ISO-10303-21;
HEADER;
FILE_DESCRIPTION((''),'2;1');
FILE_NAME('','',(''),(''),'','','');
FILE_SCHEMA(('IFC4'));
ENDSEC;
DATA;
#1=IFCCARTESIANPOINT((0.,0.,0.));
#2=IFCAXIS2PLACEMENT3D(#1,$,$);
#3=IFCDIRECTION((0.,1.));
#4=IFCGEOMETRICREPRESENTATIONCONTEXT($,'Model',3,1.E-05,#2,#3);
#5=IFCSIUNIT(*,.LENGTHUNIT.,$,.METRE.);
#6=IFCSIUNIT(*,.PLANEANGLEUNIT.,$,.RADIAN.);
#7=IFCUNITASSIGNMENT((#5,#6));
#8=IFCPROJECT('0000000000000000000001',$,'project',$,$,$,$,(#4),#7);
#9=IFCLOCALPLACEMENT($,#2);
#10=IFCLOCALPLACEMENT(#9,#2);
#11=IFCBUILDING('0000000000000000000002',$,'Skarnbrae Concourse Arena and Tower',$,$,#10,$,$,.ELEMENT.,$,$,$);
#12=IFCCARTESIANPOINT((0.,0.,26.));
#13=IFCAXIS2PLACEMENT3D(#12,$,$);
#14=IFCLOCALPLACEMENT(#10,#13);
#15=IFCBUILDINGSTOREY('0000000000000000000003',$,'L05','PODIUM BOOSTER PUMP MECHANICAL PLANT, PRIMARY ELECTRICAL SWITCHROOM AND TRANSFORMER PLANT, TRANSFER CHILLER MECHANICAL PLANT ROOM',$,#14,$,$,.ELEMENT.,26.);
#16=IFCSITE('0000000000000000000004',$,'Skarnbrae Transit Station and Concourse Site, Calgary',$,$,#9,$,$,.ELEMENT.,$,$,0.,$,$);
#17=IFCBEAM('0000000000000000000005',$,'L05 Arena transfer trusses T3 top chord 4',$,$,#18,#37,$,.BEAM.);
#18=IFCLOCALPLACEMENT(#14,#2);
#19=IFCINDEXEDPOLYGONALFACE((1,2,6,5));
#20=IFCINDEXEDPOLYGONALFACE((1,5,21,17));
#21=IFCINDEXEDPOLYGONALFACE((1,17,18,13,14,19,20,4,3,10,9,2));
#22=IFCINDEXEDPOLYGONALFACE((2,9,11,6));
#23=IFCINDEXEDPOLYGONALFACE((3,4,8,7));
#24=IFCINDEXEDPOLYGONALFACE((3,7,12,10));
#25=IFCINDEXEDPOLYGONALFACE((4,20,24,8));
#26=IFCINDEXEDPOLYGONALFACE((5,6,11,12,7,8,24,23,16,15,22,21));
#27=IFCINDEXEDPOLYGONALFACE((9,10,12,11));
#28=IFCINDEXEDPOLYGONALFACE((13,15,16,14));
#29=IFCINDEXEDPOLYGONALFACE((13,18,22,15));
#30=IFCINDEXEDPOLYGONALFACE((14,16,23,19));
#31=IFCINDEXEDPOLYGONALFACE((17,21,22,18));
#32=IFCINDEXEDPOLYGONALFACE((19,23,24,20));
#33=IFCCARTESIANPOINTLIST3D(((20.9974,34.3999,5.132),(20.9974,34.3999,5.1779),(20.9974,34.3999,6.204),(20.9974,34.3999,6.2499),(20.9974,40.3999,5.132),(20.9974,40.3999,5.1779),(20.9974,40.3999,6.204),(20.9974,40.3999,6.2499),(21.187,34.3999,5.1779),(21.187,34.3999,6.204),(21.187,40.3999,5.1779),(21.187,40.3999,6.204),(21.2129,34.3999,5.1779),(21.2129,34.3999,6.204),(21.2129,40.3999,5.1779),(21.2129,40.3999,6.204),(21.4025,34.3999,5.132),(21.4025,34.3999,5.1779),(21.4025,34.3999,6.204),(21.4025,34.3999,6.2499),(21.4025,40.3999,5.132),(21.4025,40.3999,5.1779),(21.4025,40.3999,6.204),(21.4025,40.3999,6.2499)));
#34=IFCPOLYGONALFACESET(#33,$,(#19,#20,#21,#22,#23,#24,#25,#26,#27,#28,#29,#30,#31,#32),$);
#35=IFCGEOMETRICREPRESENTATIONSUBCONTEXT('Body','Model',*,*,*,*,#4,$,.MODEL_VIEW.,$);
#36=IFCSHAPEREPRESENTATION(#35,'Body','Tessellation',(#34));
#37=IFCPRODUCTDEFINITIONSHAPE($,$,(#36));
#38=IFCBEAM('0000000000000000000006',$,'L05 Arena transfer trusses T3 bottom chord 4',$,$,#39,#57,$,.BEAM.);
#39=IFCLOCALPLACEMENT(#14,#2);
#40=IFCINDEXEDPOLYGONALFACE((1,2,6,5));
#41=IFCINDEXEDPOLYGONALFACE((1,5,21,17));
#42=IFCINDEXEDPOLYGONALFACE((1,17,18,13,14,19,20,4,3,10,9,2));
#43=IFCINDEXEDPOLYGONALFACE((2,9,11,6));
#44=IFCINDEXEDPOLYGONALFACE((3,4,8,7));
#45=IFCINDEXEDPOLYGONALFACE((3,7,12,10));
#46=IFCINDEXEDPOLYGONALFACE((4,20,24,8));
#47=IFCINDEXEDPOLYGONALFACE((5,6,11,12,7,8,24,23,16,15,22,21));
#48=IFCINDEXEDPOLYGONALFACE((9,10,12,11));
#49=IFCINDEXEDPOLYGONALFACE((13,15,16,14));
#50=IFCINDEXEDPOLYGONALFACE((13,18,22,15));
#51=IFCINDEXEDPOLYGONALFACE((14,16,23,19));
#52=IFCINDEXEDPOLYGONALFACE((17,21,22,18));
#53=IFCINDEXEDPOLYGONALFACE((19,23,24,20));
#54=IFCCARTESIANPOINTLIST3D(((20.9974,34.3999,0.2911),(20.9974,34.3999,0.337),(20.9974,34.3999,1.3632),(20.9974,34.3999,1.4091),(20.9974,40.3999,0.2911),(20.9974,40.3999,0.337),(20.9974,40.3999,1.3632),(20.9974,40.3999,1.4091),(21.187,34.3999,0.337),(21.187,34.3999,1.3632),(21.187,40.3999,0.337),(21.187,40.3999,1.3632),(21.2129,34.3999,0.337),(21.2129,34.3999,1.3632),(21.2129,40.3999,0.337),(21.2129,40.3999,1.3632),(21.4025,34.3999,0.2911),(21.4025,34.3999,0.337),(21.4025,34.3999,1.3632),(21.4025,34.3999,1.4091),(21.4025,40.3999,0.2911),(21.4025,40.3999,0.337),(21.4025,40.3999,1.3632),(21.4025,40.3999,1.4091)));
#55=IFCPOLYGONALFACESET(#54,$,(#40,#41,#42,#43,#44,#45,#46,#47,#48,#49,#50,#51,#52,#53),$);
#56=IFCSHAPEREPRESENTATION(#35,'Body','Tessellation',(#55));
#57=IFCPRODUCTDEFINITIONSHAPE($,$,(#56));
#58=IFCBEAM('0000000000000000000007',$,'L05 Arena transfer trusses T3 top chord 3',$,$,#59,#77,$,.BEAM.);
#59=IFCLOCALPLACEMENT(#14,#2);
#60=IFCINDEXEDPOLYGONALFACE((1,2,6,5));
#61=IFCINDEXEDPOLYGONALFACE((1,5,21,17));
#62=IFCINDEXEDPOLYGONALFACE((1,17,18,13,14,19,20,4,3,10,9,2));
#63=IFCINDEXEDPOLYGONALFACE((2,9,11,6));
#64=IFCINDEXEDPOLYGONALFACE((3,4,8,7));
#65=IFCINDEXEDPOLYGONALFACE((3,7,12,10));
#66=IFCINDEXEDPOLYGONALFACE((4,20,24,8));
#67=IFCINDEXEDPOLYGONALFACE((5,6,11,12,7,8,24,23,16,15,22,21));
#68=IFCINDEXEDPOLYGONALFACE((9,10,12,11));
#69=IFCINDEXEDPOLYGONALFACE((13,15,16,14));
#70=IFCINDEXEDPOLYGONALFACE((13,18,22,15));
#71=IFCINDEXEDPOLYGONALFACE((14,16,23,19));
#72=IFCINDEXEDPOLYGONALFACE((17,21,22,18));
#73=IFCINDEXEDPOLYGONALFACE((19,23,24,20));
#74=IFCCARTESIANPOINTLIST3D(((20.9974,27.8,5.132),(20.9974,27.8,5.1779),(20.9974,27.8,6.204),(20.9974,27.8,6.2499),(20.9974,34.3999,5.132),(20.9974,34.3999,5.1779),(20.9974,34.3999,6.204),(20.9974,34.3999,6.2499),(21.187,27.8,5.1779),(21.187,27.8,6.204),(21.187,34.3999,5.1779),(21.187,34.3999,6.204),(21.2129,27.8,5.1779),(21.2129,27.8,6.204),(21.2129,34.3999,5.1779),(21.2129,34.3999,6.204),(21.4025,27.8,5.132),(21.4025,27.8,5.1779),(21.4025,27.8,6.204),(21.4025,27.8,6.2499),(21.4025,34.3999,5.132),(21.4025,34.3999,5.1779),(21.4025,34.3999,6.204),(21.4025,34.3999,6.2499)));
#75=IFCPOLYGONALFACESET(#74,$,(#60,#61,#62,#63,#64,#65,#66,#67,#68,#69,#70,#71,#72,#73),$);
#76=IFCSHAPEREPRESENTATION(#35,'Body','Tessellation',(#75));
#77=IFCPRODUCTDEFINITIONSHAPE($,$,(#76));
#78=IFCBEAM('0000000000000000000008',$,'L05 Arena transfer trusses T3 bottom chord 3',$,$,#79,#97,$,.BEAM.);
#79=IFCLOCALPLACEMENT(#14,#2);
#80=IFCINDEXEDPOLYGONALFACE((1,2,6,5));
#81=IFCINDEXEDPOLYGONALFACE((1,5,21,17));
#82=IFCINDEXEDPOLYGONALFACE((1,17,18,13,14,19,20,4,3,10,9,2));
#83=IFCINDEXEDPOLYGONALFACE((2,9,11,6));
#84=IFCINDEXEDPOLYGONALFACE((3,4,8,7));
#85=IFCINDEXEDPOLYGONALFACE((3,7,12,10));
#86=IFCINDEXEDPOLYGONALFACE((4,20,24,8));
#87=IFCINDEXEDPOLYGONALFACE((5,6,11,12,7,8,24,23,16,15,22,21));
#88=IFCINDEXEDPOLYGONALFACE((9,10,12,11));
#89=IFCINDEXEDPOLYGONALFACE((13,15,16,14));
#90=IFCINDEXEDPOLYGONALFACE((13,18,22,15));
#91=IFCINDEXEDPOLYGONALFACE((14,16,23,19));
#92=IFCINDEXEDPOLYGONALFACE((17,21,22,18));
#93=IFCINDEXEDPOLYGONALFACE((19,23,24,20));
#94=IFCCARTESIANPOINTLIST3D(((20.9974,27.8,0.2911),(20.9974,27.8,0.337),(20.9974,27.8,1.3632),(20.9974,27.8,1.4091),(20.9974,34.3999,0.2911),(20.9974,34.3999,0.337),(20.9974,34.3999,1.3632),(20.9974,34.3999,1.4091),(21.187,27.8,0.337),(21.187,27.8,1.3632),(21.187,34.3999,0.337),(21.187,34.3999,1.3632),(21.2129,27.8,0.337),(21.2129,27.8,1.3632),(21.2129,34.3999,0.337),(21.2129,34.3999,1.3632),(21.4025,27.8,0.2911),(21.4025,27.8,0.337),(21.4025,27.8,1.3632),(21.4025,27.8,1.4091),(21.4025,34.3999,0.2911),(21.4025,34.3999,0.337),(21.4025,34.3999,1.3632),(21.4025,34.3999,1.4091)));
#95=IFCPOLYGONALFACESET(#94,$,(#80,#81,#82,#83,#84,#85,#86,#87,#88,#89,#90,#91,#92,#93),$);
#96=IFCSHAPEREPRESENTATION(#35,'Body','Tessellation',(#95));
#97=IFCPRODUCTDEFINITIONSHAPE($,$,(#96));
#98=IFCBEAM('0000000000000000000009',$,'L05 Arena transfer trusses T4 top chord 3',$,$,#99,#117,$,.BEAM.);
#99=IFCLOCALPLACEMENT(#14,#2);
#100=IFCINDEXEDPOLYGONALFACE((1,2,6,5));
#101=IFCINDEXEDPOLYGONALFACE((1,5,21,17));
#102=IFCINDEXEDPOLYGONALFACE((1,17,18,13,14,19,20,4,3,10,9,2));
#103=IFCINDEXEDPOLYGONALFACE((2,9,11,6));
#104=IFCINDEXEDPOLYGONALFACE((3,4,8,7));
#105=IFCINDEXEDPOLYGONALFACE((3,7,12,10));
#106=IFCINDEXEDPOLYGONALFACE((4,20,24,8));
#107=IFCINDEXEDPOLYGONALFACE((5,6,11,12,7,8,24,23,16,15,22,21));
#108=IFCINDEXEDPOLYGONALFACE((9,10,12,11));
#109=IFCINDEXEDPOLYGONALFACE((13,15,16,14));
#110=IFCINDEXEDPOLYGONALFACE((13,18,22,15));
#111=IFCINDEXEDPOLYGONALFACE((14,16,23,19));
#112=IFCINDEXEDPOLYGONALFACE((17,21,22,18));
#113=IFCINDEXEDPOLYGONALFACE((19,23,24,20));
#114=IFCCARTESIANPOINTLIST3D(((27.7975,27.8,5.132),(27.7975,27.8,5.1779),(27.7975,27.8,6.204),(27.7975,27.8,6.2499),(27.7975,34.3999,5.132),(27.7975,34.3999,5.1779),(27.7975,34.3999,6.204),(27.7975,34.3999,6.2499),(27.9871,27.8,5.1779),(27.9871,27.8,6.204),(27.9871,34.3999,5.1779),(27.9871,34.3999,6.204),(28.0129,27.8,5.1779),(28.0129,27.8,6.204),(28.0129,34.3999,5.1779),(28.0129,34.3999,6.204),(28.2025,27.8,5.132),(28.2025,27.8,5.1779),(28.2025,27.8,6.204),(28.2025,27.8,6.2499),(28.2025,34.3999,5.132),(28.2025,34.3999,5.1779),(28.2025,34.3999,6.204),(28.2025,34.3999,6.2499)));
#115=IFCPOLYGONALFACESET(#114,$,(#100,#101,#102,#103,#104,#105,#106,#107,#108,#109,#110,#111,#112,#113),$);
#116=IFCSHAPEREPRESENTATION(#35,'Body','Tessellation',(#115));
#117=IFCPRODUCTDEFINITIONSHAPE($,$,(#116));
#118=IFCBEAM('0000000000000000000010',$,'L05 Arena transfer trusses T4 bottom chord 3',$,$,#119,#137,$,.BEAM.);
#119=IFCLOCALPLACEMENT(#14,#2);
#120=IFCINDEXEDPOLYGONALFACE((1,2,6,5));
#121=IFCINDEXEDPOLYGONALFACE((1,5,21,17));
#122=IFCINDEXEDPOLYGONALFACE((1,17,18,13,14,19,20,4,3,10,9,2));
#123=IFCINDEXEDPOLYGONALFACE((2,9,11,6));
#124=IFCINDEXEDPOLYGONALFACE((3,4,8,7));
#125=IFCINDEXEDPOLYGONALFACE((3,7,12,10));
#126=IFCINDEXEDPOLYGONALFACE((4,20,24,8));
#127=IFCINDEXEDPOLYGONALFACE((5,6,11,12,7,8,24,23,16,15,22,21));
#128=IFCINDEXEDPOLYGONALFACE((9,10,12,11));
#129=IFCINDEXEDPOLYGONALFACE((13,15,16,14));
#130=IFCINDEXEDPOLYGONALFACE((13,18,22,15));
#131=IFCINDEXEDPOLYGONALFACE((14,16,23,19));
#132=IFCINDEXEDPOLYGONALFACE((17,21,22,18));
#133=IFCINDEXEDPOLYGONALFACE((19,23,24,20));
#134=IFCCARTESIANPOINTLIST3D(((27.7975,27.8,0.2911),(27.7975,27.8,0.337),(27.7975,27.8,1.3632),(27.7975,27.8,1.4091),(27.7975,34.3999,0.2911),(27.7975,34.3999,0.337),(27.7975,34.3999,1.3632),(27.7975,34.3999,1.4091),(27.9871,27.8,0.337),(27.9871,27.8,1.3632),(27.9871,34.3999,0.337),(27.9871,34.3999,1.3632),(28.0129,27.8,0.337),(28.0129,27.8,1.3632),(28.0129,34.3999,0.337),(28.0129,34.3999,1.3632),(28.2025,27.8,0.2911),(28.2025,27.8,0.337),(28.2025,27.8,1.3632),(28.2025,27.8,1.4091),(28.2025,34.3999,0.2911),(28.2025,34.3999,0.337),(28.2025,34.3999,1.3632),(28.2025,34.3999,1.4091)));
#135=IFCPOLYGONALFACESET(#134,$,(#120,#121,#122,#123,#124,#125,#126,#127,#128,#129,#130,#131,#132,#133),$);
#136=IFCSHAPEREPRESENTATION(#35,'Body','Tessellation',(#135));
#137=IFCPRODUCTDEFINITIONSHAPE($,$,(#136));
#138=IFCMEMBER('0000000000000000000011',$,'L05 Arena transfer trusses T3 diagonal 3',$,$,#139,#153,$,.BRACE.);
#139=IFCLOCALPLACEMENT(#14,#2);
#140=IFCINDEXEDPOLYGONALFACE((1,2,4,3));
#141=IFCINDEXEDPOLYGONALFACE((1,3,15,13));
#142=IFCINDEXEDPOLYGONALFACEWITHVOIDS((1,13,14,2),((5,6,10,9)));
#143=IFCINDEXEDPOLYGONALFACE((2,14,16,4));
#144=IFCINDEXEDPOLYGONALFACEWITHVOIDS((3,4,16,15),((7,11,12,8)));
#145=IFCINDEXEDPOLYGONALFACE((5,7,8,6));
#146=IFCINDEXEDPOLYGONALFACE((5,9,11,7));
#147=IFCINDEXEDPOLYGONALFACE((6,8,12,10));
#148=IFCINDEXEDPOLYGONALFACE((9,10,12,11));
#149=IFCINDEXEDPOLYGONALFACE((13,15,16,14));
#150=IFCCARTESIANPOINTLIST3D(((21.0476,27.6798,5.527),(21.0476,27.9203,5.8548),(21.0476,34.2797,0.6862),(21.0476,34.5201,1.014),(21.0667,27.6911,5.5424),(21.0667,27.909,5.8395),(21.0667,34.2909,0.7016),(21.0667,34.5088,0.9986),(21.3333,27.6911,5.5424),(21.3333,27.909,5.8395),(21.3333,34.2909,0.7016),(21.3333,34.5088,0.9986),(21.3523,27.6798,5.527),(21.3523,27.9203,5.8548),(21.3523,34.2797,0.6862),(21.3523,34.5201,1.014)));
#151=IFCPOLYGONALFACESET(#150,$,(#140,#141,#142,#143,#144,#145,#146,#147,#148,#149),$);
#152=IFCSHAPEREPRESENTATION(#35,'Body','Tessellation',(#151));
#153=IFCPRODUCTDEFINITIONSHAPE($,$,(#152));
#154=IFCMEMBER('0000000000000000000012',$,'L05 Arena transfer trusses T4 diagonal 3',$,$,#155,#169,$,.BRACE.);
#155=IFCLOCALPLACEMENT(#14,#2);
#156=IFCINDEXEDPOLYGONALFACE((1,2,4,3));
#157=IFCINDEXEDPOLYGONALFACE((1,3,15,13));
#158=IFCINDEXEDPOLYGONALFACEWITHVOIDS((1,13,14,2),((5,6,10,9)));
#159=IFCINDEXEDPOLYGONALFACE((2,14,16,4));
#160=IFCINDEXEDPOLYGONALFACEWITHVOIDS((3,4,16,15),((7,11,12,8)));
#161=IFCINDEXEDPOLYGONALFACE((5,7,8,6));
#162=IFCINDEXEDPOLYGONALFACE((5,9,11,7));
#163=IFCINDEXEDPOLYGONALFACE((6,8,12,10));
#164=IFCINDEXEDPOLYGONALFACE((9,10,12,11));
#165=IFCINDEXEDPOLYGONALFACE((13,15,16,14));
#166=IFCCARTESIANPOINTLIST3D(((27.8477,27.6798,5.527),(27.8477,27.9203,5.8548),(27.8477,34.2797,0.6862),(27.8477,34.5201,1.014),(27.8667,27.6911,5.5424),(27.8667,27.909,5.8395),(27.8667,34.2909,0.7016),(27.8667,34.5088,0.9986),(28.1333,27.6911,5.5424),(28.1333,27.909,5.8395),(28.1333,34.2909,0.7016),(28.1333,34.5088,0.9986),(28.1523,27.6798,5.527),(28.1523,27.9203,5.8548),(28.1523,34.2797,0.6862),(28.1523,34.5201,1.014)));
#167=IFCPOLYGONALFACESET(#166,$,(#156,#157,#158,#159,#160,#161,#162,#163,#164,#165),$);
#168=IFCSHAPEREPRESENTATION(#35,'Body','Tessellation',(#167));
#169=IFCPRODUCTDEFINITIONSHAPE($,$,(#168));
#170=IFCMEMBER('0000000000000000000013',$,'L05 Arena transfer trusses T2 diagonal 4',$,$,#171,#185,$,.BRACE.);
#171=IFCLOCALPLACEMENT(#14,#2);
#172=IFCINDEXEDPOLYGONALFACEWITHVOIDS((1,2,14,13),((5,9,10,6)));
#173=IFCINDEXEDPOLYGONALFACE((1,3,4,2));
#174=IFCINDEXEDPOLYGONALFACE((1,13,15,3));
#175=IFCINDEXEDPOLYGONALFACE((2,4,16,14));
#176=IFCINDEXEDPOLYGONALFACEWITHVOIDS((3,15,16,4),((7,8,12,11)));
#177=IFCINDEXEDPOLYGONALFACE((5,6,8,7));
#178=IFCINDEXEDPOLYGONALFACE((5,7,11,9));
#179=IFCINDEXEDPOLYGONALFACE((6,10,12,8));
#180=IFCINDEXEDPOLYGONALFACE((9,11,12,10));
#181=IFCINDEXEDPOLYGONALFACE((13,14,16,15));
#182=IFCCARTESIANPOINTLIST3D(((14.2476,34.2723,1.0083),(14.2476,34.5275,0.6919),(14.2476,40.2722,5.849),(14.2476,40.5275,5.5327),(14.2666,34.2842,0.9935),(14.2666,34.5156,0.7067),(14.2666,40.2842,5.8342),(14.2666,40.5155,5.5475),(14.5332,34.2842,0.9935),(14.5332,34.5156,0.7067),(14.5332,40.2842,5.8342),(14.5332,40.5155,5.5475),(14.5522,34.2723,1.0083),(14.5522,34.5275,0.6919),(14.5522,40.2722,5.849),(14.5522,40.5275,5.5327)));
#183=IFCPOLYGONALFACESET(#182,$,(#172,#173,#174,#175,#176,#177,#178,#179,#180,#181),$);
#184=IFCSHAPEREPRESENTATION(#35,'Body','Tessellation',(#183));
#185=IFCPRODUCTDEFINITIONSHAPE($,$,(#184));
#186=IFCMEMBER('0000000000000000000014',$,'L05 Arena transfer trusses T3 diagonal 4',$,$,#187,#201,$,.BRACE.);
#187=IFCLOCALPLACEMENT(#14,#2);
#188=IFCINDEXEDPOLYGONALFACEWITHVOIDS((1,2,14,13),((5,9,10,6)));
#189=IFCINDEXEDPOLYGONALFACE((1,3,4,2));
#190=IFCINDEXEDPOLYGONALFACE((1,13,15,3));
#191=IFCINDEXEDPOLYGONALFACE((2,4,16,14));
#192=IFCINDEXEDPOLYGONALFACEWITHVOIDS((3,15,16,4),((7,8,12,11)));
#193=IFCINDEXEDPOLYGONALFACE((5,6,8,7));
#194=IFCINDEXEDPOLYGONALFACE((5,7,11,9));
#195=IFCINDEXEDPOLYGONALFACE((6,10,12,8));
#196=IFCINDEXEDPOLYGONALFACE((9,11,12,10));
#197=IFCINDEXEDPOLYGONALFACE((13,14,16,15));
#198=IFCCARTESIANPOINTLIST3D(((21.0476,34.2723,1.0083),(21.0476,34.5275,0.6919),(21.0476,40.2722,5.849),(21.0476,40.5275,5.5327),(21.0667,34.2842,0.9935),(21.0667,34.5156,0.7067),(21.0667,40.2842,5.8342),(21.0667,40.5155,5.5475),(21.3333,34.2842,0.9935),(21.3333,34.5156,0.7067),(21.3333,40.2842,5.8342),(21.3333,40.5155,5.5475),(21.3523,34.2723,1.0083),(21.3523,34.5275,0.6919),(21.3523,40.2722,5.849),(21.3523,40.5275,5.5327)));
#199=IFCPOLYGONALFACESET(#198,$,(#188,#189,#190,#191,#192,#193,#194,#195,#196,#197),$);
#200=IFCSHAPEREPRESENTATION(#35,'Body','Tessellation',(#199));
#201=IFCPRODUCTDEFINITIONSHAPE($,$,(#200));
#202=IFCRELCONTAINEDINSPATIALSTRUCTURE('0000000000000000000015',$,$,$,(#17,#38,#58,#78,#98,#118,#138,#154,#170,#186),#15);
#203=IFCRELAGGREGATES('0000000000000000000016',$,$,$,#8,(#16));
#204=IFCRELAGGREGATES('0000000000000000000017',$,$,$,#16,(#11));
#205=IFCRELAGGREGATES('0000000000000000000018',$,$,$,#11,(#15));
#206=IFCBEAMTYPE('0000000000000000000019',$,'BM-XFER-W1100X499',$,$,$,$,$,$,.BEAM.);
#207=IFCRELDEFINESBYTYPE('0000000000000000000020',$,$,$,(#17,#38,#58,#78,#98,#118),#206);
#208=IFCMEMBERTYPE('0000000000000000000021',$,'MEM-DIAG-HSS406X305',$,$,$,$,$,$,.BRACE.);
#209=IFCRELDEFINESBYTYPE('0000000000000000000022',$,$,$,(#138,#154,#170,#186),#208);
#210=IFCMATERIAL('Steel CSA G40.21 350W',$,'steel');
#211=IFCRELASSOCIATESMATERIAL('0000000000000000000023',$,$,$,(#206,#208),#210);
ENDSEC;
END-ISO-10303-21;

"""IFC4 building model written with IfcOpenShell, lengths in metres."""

from ifc_helpers import new_model, si_unit, direction, frame, origin, origin_2d, place, context, subcontext, project, spatial, hollow_rectangle, i_section, extrude, source, transform, mapped, material, material_profile, profile_set, type_object, element, save


model = new_model("IFC4")

# Units and contexts
model_context = context("Model", 3, precision=1e-05, world=origin(), true_north=direction((0.0, 1.0)))
body_context = subcontext(model_context, "Body", "Model", "MODEL_VIEW")
ifc_project = project(units=[si_unit("LENGTHUNIT", "METRE"), si_unit("PLANEANGLEUNIT", "RADIAN")], contexts=[model_context])

# Site, building, storey
site_placement = place(None, origin())
site = spatial("IfcSite", under=ifc_project, at=site_placement, Name="Skarnbrae Transit Station and Concourse Site, Calgary", CompositionType="ELEMENT", RefElevation=0.0)
building_placement = place(site_placement, origin())
building = spatial("IfcBuilding", under=site, at=building_placement, Name="Skarnbrae Concourse Arena and Tower", CompositionType="ELEMENT")
storey_placement = place(building_placement, frame((0.0, 0.0, 26.0)))
storey = spatial("IfcBuildingStorey", under=building, at=storey_placement, Name="L05", Description="PODIUM BOOSTER PUMP MECHANICAL PLANT, PRIMARY ELECTRICAL SWITCHROOM AND TRANSFORMER PLANT, TRANSFER CHILLER MECHANICAL PLANT ROOM", CompositionType="ELEMENT", Elevation=26.0)

# Shared definitions
ifc_material = material(Name="Steel CSA G40.21 350W", Category="steel")

# Beams
ifc_material_profile_1 = material_profile(ifc_material, i_section(OverallWidth=0.405, OverallDepth=1.1179, WebThickness=0.0259, FlangeThickness=0.0459, at=origin_2d()), Name="W1100X499")
ifc_profile_set_1 = profile_set([ifc_material_profile_1], Name="Steel CSA G40.21 350W")
beam_type = type_object("IfcBeamType", Name="BM-XFER-W1100X499", PredefinedType="BEAM", material=ifc_profile_set_1)
shared_shape_1 = source(origin(), body_context, "Body", "SweptSolid", [
    extrude(i_section(OverallWidth=0.405, OverallDepth=1.1179, WebThickness=0.0259, FlangeThickness=0.0459, at=origin_2d()), origin(), (0.0, 0.0, 1.0), 6.0),
])
for number, where, z_axis, x_axis, name in (
    (1, (21.2, 34.3999, 5.6909), (0.0, 1.0, 0.0), (-1.0, 0.0, 0.0), "L05 Arena transfer trusses T3 top chord 4"),
    (2, (21.2, 34.3999, 0.8501), (0.0, 1.0, 0.0), (-1.0, 0.0, 0.0), "L05 Arena transfer trusses T3 bottom chord 4"),
):
    element("IfcBeam", number, at=place(storey_placement, frame(where, z_axis=z_axis, x_axis=x_axis)), inside=storey, type_object=beam_type, Name=name, PredefinedType="BEAM", context=body_context, shape_type="MappedRepresentation", body=[
        mapped(shared_shape_1, transform((0.0, 0.0, 0.0))),
    ])
shared_shape_2 = source(origin(), body_context, "Body", "SweptSolid", [
    extrude(i_section(OverallWidth=0.405, OverallDepth=1.1179, WebThickness=0.0259, FlangeThickness=0.0459, at=origin_2d()), origin(), (0.0, 0.0, 1.0), 6.5999),
])
for number, where, z_axis, x_axis, name in (
    (3, (21.2, 27.8, 5.6909), (0.0, 1.0, 0.0), (-1.0, 0.0, 0.0), "L05 Arena transfer trusses T3 top chord 3"),
    (4, (21.2, 27.8, 0.8501), (0.0, 1.0, 0.0), (-1.0, 0.0, 0.0), "L05 Arena transfer trusses T3 bottom chord 3"),
    (5, (28.0, 27.8, 5.6909), (0.0, 1.0, 0.0), (-1.0, 0.0, 0.0), "L05 Arena transfer trusses T4 top chord 3"),
    (6, (28.0, 27.8, 0.8501), (0.0, 1.0, 0.0), (-1.0, 0.0, 0.0), "L05 Arena transfer trusses T4 bottom chord 3"),
):
    element("IfcBeam", number, at=place(storey_placement, frame(where, z_axis=z_axis, x_axis=x_axis)), inside=storey, type_object=beam_type, Name=name, PredefinedType="BEAM", context=body_context, shape_type="MappedRepresentation", body=[
        mapped(shared_shape_2, transform((0.0, 0.0, 0.0))),
    ])

# Members
ifc_material_profile_2 = material_profile(ifc_material, hollow_rectangle(XDim=0.3047, YDim=0.4065, WallThickness=0.019, at=origin_2d()), Name="HSS406X305X19.0")
ifc_profile_set_2 = profile_set([ifc_material_profile_2], Name="Steel CSA G40.21 350W")
member_type = type_object("IfcMemberType", Name="MEM-DIAG-HSS406X305", PredefinedType="BRACE", material=ifc_profile_set_2)
shared_shape_3 = source(origin(), body_context, "Body", "SweptSolid", [
    extrude(hollow_rectangle(XDim=0.3047, YDim=0.4065, WallThickness=0.019, at=origin_2d()), origin(), (0.0, 0.0, 1.0), 8.1848),
])
for number, where, z_axis, x_axis, name in (
    (7, (21.2, 27.8, 5.6909), (0.0, 0.806351, -0.591437), (-1.0, 0.0, 0.0), "L05 Arena transfer trusses T3 diagonal 3"),
    (8, (28.0, 27.8, 5.6909), (0.0, 0.806351, -0.591437), (-1.0, 0.0, 0.0), "L05 Arena transfer trusses T4 diagonal 3"),
):
    element("IfcMember", number, at=place(storey_placement, frame(where, z_axis=z_axis, x_axis=x_axis)), inside=storey, type_object=member_type, Name=name, PredefinedType="BRACE", context=body_context, shape_type="MappedRepresentation", body=[
        mapped(shared_shape_3, transform((0.0, 0.0, 0.0))),
    ])
shared_shape_4 = source(origin(), body_context, "Body", "SweptSolid", [
    extrude(hollow_rectangle(XDim=0.3047, YDim=0.4065, WallThickness=0.019, at=origin_2d()), origin(), (0.0, 0.0, 1.0), 7.7092),
])
for number, where, z_axis, x_axis, name in (
    (9, (14.3999, 34.3999, 0.8501), (0.0, 0.778279, 0.627918), (-1.0, 0.0, 0.0), "L05 Arena transfer trusses T2 diagonal 4"),
    (10, (21.2, 34.3999, 0.8501), (0.0, 0.778279, 0.627918), (-1.0, 0.0, 0.0), "L05 Arena transfer trusses T3 diagonal 4"),
):
    element("IfcMember", number, at=place(storey_placement, frame(where, z_axis=z_axis, x_axis=x_axis)), inside=storey, type_object=member_type, Name=name, PredefinedType="BRACE", context=body_context, shape_type="MappedRepresentation", body=[
        mapped(shared_shape_4, transform((0.0, 0.0, 0.0))),
    ])

save(model, "model.ifc")
